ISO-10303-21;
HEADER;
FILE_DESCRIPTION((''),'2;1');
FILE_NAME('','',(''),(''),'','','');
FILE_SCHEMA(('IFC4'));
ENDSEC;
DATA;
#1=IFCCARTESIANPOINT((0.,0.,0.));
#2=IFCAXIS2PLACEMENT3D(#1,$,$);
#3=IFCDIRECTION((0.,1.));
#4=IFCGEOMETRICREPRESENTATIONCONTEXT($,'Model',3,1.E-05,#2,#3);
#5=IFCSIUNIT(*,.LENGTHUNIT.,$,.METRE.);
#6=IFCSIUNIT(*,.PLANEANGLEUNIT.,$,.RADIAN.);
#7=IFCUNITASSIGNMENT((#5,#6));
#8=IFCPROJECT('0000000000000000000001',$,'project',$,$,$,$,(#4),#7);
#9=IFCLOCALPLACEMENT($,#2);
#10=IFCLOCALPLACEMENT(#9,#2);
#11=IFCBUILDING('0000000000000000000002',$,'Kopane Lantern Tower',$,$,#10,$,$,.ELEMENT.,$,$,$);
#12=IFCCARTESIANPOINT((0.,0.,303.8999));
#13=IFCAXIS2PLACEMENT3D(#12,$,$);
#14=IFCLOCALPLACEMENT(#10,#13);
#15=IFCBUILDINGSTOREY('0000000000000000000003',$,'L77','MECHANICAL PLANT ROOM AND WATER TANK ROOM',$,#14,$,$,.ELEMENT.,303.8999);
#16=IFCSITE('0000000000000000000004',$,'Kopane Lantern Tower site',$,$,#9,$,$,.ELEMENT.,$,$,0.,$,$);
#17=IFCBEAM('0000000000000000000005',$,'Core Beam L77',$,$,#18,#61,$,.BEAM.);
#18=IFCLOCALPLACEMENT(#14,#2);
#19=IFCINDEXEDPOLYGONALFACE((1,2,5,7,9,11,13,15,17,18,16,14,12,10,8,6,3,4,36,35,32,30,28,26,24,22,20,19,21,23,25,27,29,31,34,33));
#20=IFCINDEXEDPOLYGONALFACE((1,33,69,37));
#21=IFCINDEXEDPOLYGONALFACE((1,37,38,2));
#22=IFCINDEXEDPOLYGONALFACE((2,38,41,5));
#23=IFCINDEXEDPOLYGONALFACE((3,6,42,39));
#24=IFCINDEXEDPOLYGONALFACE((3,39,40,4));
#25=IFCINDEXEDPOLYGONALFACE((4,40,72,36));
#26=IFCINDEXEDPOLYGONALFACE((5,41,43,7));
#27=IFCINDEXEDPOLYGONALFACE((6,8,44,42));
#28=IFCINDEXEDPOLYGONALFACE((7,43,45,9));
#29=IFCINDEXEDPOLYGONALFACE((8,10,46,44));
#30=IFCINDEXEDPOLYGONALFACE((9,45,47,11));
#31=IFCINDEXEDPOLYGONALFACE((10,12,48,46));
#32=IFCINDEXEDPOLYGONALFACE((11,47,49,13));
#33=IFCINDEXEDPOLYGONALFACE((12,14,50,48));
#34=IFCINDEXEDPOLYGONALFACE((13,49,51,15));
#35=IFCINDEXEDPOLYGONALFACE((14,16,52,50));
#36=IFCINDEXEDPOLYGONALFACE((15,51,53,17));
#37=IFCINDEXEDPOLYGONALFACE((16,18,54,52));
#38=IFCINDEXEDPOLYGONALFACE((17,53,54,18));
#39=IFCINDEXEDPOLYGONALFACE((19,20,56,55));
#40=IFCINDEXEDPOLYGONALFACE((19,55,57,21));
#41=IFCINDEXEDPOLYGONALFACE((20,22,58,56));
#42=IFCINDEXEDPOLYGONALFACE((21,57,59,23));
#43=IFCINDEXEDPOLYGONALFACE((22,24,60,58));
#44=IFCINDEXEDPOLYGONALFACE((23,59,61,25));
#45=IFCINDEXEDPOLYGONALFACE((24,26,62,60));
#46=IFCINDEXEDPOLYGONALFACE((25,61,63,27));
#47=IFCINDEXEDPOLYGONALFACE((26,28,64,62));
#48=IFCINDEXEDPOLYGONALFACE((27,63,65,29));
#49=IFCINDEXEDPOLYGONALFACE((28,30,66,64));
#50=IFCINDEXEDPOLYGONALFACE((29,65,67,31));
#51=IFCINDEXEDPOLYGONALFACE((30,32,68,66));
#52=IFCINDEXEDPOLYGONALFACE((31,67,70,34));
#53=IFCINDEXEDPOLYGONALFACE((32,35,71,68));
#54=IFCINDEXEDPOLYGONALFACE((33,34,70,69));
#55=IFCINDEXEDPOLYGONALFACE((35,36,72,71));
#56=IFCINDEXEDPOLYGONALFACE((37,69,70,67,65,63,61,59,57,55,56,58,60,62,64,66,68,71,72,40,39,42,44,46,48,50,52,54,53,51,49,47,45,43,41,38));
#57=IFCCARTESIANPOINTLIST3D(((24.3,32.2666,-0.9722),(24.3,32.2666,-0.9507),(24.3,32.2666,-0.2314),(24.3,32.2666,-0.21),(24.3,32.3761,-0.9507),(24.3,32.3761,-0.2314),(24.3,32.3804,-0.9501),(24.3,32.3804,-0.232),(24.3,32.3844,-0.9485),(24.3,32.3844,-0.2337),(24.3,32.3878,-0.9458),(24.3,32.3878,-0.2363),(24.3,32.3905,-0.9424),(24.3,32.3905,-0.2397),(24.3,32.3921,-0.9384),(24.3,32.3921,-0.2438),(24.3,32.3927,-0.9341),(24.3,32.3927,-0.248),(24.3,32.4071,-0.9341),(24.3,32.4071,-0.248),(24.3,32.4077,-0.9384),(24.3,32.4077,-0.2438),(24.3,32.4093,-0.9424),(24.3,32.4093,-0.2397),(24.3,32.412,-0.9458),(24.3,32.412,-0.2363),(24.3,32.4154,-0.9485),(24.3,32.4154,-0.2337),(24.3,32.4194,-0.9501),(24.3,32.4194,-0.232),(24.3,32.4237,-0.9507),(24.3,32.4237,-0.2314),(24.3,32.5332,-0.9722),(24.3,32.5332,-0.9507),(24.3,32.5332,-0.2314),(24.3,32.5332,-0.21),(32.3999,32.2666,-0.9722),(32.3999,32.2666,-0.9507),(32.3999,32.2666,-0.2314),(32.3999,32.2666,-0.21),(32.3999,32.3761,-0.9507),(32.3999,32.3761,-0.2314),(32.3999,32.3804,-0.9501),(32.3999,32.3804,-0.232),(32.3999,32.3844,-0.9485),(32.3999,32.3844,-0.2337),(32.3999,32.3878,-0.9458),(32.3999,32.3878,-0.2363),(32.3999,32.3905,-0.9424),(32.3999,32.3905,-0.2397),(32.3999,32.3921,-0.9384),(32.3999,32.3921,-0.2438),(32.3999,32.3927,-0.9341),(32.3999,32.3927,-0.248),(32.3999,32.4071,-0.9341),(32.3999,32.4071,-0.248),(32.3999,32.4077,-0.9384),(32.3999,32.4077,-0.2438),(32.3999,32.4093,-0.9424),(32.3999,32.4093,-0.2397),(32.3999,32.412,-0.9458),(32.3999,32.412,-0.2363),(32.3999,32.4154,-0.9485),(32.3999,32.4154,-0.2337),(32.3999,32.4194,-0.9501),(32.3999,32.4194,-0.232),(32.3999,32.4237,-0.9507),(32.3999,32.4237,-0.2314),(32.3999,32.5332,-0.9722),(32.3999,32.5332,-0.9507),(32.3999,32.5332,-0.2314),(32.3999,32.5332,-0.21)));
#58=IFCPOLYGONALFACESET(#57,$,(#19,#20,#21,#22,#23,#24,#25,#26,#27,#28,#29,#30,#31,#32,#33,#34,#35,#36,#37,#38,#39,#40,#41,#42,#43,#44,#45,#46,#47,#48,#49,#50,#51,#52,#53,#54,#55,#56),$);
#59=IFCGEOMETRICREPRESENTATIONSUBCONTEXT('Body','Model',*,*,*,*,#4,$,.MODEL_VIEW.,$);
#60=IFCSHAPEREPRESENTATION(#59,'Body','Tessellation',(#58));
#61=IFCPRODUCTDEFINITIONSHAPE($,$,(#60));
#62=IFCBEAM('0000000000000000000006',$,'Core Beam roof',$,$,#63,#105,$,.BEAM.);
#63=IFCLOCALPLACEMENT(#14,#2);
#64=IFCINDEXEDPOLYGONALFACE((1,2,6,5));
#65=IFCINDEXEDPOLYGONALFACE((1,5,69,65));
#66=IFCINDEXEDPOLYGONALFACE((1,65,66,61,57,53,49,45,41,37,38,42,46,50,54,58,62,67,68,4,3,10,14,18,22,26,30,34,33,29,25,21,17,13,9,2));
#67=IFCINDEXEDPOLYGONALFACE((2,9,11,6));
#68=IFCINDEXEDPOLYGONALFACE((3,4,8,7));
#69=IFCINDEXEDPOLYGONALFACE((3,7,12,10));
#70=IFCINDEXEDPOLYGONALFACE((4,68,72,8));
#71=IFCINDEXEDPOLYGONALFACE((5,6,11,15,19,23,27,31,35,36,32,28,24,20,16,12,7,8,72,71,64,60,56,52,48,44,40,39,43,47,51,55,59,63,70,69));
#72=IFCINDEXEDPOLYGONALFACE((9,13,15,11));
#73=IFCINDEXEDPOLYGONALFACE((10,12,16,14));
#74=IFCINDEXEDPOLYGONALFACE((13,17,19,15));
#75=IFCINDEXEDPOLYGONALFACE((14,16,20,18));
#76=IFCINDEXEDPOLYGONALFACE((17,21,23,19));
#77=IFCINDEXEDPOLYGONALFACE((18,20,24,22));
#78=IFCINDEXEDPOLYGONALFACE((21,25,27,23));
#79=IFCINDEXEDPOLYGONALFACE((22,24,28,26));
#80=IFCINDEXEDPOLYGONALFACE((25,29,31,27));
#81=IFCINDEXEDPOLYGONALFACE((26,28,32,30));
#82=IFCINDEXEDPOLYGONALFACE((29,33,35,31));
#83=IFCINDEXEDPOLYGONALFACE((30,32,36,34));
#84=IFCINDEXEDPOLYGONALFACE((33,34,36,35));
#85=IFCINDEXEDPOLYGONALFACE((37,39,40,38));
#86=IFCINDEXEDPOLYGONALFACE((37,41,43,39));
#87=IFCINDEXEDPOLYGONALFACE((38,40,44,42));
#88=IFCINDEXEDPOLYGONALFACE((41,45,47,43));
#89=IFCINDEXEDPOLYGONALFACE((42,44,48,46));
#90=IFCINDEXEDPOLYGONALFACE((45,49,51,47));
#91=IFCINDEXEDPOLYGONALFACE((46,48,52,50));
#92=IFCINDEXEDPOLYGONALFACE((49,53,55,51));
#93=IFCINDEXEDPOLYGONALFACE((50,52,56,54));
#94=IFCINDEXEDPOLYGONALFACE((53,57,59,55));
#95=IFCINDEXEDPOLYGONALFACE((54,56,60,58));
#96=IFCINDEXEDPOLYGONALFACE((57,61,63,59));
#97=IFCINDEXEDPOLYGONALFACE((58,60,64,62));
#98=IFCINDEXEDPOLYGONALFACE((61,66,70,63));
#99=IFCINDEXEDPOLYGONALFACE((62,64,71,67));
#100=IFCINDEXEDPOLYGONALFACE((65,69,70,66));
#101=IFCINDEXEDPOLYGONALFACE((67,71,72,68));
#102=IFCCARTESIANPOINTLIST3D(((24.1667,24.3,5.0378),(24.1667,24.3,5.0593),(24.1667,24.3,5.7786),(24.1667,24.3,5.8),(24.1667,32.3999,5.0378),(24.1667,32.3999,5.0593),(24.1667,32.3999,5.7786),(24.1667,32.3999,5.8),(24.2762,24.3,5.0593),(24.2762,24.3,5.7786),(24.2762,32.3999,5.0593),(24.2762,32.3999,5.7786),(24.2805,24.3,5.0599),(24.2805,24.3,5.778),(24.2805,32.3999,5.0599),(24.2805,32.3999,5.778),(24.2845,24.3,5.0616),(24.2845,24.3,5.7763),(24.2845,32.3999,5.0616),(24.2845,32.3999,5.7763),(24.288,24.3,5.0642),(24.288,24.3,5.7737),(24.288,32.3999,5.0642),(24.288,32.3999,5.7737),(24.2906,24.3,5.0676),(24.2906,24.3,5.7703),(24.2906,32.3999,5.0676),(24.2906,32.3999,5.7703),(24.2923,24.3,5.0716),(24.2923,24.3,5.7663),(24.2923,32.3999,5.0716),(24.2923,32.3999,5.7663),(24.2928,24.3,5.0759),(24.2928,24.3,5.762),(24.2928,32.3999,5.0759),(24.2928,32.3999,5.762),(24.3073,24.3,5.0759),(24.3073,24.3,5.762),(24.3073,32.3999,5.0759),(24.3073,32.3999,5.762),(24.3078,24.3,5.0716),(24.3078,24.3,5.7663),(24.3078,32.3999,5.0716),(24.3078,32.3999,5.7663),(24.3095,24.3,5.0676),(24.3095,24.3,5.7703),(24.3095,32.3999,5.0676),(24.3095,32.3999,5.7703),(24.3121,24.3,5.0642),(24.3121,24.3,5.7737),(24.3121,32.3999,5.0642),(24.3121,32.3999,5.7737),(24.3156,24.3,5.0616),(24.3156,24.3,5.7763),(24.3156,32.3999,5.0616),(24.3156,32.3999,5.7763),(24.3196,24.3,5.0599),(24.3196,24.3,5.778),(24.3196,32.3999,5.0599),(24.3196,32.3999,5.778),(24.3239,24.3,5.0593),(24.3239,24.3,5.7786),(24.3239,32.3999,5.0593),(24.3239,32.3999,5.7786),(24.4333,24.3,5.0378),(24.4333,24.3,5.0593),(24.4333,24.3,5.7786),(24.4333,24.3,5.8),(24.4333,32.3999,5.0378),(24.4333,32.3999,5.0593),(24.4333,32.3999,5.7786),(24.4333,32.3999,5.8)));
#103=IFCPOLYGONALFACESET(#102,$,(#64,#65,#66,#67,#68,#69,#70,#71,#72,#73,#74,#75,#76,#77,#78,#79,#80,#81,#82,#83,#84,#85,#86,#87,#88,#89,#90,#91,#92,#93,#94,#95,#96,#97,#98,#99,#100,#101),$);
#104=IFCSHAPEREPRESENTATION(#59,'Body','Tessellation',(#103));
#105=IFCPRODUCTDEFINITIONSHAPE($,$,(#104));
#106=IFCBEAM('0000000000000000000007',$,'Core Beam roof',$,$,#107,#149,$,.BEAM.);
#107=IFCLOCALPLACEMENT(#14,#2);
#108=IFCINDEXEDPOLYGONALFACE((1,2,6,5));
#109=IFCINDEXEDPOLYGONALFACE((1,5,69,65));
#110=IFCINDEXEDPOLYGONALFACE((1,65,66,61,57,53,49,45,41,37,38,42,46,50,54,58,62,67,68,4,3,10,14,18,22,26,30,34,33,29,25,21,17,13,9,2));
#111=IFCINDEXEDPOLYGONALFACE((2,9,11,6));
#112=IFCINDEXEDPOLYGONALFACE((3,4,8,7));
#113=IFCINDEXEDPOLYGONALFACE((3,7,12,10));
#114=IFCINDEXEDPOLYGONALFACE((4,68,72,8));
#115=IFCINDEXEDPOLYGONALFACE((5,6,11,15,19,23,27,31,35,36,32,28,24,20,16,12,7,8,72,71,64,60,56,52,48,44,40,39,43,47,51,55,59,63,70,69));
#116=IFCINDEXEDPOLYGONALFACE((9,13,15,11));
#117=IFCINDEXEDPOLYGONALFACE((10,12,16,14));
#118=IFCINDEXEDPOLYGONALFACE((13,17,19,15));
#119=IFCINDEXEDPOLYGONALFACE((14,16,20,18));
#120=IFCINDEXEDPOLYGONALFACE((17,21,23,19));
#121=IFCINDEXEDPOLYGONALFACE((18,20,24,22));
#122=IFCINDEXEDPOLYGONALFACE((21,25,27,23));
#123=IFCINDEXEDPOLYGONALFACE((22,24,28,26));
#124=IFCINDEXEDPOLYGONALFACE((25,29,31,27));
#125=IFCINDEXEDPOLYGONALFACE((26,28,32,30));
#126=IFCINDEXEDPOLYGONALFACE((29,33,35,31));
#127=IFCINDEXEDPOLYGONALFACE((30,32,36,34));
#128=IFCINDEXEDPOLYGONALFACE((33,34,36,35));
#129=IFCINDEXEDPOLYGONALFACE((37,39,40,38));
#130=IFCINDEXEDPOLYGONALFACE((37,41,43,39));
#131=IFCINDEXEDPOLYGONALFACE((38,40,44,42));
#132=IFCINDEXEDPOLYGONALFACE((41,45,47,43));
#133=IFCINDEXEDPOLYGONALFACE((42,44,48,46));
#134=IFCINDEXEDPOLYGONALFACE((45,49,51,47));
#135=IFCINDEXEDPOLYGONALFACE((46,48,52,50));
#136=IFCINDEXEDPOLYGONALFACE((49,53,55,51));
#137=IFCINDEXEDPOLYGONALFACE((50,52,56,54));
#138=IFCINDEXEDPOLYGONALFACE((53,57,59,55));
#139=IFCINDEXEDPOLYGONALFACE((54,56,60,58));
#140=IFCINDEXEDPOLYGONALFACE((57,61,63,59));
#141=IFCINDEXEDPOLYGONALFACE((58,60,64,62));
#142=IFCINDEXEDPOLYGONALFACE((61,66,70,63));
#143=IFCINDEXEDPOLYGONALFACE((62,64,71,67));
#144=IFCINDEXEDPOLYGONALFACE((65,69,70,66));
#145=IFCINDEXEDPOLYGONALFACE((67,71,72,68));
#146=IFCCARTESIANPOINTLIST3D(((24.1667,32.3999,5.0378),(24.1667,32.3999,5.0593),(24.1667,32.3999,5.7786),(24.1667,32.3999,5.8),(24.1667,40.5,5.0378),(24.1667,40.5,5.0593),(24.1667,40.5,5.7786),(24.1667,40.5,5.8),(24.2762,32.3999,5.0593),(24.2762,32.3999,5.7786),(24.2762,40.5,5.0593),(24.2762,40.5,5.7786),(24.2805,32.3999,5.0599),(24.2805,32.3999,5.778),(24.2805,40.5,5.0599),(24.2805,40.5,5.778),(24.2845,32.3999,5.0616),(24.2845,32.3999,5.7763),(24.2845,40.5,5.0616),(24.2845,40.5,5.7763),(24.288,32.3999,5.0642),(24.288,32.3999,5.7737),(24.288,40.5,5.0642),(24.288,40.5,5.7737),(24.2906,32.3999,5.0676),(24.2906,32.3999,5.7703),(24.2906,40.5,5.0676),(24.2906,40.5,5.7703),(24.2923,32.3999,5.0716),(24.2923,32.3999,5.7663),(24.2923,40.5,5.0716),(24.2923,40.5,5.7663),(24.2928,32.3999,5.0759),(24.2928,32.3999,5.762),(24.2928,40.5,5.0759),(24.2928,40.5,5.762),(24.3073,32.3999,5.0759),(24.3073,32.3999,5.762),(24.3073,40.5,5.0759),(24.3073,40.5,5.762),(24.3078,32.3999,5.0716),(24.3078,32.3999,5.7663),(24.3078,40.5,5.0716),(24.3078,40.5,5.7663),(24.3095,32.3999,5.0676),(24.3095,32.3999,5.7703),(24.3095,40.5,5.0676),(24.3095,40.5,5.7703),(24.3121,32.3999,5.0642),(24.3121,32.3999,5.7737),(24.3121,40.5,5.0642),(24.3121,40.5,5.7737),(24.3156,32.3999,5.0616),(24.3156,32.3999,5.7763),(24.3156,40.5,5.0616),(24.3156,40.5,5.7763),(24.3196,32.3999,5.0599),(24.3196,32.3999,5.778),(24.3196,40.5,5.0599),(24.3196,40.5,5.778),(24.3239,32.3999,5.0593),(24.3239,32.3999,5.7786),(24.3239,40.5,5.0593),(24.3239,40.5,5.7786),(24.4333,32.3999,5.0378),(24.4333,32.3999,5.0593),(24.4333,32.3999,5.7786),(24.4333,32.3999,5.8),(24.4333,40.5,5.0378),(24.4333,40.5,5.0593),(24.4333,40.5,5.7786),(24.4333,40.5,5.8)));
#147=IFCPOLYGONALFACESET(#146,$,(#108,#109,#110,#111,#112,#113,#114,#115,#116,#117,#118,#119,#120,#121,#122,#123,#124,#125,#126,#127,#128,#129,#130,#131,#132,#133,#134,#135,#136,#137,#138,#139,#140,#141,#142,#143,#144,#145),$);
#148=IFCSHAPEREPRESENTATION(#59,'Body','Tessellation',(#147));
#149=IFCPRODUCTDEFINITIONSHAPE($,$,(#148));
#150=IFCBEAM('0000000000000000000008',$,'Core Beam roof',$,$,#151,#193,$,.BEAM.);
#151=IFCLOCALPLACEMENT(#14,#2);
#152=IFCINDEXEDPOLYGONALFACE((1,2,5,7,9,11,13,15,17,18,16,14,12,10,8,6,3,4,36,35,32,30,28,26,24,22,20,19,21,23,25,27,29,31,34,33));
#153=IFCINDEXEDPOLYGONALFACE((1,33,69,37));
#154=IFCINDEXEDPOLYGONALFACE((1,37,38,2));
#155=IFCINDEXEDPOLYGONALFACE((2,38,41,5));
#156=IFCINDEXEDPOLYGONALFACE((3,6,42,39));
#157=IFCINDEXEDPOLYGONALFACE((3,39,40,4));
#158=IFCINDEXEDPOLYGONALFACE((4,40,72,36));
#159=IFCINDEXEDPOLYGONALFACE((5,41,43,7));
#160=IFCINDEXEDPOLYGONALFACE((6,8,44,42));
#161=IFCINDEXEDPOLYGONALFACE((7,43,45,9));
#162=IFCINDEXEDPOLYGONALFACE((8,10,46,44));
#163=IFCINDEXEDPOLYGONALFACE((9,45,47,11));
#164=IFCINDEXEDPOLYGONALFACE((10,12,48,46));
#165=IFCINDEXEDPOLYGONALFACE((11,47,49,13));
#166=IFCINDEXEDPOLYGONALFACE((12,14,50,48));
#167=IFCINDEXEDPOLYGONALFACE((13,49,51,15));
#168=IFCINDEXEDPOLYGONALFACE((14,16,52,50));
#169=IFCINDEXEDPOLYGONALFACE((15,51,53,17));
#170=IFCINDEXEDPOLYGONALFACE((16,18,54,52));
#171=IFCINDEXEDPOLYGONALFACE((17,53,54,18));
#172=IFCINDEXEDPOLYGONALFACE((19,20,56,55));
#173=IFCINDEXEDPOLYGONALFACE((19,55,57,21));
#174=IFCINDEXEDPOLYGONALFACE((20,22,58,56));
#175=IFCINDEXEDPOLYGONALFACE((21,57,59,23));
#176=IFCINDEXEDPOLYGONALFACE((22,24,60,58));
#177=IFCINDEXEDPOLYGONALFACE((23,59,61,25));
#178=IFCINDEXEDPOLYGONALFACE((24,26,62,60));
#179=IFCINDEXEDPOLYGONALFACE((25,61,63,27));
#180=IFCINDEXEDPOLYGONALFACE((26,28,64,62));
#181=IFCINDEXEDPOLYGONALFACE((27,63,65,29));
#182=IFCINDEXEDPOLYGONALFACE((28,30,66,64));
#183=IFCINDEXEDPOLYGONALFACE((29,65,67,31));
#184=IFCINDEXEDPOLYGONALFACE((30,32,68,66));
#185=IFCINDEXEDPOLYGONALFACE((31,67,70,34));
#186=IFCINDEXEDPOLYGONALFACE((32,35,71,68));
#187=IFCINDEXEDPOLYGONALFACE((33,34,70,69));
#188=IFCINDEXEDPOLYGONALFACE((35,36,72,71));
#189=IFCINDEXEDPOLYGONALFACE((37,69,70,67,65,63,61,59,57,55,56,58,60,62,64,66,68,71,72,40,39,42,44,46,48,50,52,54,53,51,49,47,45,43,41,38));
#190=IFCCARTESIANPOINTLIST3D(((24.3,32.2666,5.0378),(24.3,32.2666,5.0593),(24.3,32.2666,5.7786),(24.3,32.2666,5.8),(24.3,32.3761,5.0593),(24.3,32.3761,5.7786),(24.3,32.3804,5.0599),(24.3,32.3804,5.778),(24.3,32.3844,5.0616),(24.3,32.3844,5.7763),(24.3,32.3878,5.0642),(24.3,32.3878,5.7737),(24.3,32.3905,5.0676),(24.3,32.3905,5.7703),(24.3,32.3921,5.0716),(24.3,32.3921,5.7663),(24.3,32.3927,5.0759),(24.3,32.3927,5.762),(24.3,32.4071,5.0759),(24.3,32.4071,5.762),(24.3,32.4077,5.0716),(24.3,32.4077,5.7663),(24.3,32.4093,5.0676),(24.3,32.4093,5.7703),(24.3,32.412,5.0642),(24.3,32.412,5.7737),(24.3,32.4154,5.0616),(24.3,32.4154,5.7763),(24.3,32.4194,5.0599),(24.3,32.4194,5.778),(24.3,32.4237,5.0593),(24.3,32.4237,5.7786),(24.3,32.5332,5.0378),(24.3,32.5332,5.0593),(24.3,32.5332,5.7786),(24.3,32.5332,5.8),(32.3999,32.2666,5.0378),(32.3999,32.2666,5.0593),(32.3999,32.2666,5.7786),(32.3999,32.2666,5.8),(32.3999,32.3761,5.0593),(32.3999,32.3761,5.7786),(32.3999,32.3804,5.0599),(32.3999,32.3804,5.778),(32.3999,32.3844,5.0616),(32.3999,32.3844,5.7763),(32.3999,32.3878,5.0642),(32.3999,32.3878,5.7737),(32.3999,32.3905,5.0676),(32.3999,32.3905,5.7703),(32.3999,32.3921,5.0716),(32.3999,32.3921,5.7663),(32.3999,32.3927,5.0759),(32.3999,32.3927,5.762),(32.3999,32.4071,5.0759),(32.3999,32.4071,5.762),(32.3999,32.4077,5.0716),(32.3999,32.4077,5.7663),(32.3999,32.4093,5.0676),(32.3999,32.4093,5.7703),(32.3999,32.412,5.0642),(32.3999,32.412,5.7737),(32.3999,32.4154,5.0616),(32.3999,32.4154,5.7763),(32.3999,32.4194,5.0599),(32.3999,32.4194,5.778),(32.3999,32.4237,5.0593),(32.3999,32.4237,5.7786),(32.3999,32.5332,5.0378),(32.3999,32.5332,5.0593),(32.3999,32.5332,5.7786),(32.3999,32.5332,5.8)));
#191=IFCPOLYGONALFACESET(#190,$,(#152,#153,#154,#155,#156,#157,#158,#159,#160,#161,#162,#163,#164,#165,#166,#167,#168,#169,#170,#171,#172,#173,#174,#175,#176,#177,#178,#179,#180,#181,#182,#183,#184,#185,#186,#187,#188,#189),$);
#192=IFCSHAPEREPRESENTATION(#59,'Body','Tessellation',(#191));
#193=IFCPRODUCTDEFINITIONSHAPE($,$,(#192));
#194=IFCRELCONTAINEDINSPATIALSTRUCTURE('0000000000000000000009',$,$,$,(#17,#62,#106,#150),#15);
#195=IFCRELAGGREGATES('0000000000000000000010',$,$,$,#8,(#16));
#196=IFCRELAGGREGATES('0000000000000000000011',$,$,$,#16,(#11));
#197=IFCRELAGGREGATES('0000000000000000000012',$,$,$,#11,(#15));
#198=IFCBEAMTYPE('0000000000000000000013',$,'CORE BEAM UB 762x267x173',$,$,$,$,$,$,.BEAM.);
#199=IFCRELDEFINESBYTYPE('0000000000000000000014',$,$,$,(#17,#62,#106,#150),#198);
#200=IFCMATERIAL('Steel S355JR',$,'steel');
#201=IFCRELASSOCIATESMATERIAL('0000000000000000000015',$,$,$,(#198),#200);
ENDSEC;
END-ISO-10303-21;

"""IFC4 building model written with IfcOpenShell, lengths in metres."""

from ifc_helpers import new_model, si_unit, direction, frame, origin, origin_2d, place, context, subcontext, project, spatial, i_section, extrude, material, material_profile, profile_set, type_object, element, save


model = new_model("IFC4")

# Units and contexts
model_context = context("Model", 3, precision=1e-05, world=origin(), true_north=direction((0.0, 1.0)))
body_context = subcontext(model_context, "Body", "Model", "MODEL_VIEW")
ifc_project = project(units=[si_unit("LENGTHUNIT", "METRE"), si_unit("PLANEANGLEUNIT", "RADIAN")], contexts=[model_context])

# Site, building, storey
site_placement = place(None, origin())
site = spatial("IfcSite", under=ifc_project, at=site_placement, Name="Kopane Lantern Tower site", CompositionType="ELEMENT", RefElevation=0.0)
building_placement = place(site_placement, origin())
building = spatial("IfcBuilding", under=site, at=building_placement, Name="Kopane Lantern Tower", CompositionType="ELEMENT")
storey_placement = place(building_placement, frame((0.0, 0.0, 303.8999)))
storey = spatial("IfcBuildingStorey", under=building, at=storey_placement, Name="L77", Description="MECHANICAL PLANT ROOM AND WATER TANK ROOM", CompositionType="ELEMENT", Elevation=303.8999)

# Beams
ifc_material_1 = material(Name="Steel S355JR", Category="steel")
ifc_material_profile_1 = material_profile(ifc_material_1, i_section(OverallWidth=0.2666, OverallDepth=0.7622, WebThickness=0.0144, FlangeThickness=0.0215, FilletRadius=0.0166, at=origin_2d()), Name="UB 762x267x173")
ifc_profile_set_1 = profile_set([ifc_material_profile_1], Name="Steel S355JR")
beam_type_1 = type_object("IfcBeamType", Name="CORE BEAM UB 762x267x173", PredefinedType="BEAM", material=ifc_profile_set_1)
for number, where, z_axis, x_axis, name in (
    (1, (24.3, 32.3999, -0.5911), (1.0, 0.0, 0.0), (0.0, 1.0, 0.0), "Core Beam L77"),
    (2, (24.3, 24.3, 5.4189), (0.0, 1.0, 0.0), (-1.0, 0.0, 0.0), "Core Beam roof"),
):
    element("IfcBeam", number, at=place(storey_placement, frame(where, z_axis=z_axis, x_axis=x_axis)), inside=storey, type_object=beam_type_1, Name=name, PredefinedType="BEAM", context=body_context, shape_type="SweptSolid", body=[
        extrude(i_section(OverallWidth=0.2666, OverallDepth=0.7622, WebThickness=0.0144, FlangeThickness=0.0215, FilletRadius=0.0166, at=origin_2d()), origin(), (0.0, 0.0, 1.0), 8.0999),
    ])
beam_1_placement = place(storey_placement, frame((24.3, 32.3999, 5.4189), z_axis=(0.0, 1.0, 0.0), x_axis=(-1.0, 0.0, 0.0)))
element("IfcBeam", 3, at=beam_1_placement, inside=storey, type_object=beam_type_1, Name="Core Beam roof", PredefinedType="BEAM", context=body_context, shape_type="SweptSolid", body=[
    extrude(i_section(OverallWidth=0.2666, OverallDepth=0.7622, WebThickness=0.0144, FlangeThickness=0.0215, FilletRadius=0.0166, at=origin_2d()), origin(), (0.0, 0.0, 1.0), 8.1001),
])
beam_2_placement = place(storey_placement, frame((24.3, 32.3999, 5.4189), z_axis=(1.0, 0.0, 0.0), x_axis=(0.0, 1.0, 0.0)))
element("IfcBeam", 4, at=beam_2_placement, inside=storey, type_object=beam_type_1, Name="Core Beam roof", PredefinedType="BEAM", context=body_context, shape_type="SweptSolid", body=[
    extrude(i_section(OverallWidth=0.2666, OverallDepth=0.7622, WebThickness=0.0144, FlangeThickness=0.0215, FilletRadius=0.0166, at=origin_2d()), origin(), (0.0, 0.0, 1.0), 8.0999),
])

save(model, "model.ifc")
